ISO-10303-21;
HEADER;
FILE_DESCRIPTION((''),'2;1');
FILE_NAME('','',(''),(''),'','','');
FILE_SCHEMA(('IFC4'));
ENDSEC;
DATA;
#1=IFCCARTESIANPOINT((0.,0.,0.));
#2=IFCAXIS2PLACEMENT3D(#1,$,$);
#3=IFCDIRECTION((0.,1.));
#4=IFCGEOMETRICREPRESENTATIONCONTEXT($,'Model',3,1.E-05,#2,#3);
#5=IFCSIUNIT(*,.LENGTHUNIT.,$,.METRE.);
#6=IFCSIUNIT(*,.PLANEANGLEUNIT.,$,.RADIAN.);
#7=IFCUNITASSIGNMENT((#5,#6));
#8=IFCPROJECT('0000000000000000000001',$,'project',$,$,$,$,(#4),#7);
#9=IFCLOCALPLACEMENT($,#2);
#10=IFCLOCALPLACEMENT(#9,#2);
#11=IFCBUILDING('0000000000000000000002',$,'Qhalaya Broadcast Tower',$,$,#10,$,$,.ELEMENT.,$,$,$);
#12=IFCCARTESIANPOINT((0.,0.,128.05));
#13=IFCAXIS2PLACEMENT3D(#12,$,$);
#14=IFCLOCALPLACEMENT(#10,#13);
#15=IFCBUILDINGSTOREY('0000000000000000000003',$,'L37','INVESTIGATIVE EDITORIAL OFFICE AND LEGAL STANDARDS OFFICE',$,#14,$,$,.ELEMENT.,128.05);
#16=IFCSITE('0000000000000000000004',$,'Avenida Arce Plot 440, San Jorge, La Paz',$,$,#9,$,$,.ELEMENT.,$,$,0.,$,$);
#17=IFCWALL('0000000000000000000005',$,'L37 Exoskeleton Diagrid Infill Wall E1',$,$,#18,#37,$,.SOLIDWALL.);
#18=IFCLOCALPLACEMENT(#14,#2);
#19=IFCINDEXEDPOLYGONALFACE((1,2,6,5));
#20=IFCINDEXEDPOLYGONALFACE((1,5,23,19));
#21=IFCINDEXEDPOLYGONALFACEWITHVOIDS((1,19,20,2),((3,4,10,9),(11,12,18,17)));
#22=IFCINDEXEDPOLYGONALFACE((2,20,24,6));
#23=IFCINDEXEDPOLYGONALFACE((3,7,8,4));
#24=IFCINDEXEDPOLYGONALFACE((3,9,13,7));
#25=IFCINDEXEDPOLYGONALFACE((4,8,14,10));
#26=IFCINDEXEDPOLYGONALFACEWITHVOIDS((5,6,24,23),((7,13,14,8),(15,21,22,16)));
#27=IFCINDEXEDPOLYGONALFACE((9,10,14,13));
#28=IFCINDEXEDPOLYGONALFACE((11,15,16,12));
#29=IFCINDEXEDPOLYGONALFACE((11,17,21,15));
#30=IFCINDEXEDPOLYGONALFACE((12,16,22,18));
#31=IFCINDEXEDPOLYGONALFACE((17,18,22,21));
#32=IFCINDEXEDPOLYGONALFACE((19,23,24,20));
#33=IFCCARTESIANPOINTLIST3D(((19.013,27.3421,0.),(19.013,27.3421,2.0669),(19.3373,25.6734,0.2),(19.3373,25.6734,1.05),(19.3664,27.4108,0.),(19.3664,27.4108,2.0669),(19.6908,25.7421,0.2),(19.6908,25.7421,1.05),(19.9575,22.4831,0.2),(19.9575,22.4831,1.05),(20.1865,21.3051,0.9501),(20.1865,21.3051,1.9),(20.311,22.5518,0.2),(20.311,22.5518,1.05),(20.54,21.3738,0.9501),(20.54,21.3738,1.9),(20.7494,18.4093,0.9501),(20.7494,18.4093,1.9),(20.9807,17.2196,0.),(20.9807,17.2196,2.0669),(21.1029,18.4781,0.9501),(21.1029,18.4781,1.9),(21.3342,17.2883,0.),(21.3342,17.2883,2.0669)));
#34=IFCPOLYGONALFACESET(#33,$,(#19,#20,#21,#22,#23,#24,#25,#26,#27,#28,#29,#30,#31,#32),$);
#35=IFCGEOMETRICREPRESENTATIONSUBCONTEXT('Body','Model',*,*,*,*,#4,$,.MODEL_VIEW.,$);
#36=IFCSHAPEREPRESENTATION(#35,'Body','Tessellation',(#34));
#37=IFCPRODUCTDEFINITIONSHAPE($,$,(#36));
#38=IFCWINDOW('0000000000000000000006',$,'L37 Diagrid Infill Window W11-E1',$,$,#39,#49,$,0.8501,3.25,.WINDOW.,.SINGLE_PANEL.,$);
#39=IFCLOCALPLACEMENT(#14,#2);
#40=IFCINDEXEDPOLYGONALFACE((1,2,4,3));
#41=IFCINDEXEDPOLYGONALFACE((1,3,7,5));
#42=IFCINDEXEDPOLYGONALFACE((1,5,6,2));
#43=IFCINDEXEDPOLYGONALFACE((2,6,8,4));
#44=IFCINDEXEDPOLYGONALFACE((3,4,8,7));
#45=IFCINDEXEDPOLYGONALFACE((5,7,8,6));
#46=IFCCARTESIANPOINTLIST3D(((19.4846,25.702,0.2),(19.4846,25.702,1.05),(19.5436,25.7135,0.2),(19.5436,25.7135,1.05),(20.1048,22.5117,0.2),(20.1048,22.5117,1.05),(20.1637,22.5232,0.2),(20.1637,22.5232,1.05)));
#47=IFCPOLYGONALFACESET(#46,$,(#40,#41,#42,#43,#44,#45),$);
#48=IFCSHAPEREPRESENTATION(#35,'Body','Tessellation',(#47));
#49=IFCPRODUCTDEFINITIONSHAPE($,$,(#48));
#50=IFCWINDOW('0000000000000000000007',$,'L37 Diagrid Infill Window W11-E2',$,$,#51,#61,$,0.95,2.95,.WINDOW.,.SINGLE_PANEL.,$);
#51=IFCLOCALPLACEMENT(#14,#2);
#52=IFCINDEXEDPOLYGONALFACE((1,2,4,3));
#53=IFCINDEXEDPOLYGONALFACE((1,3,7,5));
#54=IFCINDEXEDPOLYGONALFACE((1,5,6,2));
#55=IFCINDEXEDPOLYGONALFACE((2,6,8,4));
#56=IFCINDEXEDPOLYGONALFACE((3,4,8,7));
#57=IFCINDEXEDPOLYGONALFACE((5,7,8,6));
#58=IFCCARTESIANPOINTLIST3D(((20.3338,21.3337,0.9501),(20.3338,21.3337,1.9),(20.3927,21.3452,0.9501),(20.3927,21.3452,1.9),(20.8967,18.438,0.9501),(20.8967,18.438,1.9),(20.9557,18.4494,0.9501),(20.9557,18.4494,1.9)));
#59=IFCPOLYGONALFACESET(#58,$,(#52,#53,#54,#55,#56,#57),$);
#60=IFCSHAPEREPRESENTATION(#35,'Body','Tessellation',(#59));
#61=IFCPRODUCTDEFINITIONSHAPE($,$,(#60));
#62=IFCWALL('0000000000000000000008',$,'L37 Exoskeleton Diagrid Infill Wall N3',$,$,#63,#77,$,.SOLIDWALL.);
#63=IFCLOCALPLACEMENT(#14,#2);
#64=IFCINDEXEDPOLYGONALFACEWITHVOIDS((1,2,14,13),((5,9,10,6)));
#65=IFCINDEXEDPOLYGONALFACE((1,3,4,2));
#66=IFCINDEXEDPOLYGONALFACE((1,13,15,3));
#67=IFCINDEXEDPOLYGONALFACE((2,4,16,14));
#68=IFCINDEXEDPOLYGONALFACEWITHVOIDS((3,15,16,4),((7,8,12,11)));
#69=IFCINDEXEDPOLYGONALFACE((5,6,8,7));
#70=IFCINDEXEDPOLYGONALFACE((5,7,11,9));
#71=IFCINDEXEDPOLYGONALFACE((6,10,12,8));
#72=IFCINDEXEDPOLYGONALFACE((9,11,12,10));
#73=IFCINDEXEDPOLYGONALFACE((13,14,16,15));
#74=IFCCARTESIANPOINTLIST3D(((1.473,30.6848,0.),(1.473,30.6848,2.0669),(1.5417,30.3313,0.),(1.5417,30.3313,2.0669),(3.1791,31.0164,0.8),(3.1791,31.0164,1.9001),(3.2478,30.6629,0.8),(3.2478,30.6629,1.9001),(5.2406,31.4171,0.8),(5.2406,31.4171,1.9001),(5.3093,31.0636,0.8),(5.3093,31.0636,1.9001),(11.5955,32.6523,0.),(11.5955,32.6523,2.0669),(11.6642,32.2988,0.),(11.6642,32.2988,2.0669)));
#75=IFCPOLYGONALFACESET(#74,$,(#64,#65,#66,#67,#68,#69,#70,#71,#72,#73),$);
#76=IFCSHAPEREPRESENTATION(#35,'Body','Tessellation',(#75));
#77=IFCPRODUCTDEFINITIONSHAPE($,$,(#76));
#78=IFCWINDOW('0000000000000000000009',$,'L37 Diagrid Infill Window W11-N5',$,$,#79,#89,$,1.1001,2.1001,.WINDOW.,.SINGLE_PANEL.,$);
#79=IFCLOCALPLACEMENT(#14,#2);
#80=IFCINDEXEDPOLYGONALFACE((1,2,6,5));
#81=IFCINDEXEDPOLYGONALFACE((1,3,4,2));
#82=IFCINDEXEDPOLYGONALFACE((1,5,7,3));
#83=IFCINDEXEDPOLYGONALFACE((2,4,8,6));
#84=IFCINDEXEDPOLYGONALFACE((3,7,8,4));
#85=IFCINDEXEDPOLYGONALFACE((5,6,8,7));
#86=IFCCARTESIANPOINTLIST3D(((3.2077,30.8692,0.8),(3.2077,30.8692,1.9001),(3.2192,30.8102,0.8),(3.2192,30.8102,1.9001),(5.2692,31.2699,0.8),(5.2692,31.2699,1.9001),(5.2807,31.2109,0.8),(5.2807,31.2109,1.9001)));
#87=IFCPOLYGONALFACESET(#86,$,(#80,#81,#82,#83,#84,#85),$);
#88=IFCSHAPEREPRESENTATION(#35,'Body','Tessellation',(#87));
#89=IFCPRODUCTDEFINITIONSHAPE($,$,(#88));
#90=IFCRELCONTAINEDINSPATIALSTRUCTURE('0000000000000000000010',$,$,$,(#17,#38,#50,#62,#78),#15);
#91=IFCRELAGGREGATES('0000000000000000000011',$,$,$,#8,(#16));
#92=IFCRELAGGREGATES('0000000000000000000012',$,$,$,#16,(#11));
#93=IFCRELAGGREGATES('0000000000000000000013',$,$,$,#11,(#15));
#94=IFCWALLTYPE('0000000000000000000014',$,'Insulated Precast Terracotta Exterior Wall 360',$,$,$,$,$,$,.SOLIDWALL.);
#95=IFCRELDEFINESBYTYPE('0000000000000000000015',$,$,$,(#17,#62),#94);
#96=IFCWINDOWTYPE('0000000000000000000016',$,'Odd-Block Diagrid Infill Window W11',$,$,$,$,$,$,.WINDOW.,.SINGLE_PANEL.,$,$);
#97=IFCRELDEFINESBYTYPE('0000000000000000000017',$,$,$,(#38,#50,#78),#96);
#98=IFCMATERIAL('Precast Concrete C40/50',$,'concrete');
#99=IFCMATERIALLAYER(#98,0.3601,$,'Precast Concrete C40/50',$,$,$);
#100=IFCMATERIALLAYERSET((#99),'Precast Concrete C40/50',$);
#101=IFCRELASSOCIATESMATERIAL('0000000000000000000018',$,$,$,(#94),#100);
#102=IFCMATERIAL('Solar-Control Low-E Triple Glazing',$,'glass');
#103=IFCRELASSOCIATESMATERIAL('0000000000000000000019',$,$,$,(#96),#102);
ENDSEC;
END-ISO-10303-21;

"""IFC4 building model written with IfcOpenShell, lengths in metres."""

from ifc_helpers import new_model, si_unit, direction, frame, frame_2d, origin, place, context, subcontext, project, spatial, rectangle, extrude, material, layer, layer_set, type_object, element, fill, save


model = new_model("IFC4")

# Units and contexts
model_context = context("Model", 3, precision=1e-05, world=origin(), true_north=direction((0.0, 1.0)))
body_context = subcontext(model_context, "Body", "Model", "MODEL_VIEW")
ifc_project = project(units=[si_unit("LENGTHUNIT", "METRE"), si_unit("PLANEANGLEUNIT", "RADIAN")], contexts=[model_context])

# Site, building, storey
site_placement = place(None, origin())
site = spatial("IfcSite", under=ifc_project, at=site_placement, Name="Avenida Arce Plot 440, San Jorge, La Paz", CompositionType="ELEMENT", RefElevation=0.0)
building_placement = place(site_placement, origin())
building = spatial("IfcBuilding", under=site, at=building_placement, Name="Qhalaya Broadcast Tower", CompositionType="ELEMENT")
storey_placement = place(building_placement, frame((0.0, 0.0, 128.05)))
storey = spatial("IfcBuildingStorey", under=building, at=storey_placement, Name="L37", Description="INVESTIGATIVE EDITORIAL OFFICE AND LEGAL STANDARDS OFFICE", CompositionType="ELEMENT", Elevation=128.05)

# Wall, openings, windows
ifc_material_1 = material(Name="Precast Concrete C40/50", Category="concrete")
ifc_layer = layer(ifc_material_1, 0.3601, Name="Precast Concrete C40/50")
ifc_layer_set = layer_set([ifc_layer], Name="Precast Concrete C40/50")
wall_type = type_object("IfcWallType", Name="Insulated Precast Terracotta Exterior Wall 360", PredefinedType="SOLIDWALL", material=ifc_layer_set)
wall_1_placement = place(storey_placement, frame((19.1897, 27.3765, 0.0), z_axis=(0.0, 0.0, 1.0), x_axis=(0.190823, -0.981625, 0.0)))
wall_1 = element("IfcWall", 1, at=wall_1_placement, inside=storey, type_object=wall_type, Name="L37 Exoskeleton Diagrid Infill Wall E1", PredefinedType="SOLIDWALL", context=body_context, shape_type="SweptSolid", body=[
    extrude(rectangle(XDim=10.312, YDim=0.3601, at=frame_2d((5.156, 0.0))), origin(), (0.0, 0.0, 1.0), 2.0669),
])
opening_1_placement = place(wall_1_placement, frame((1.7, 0.0, 0.2)))
opening_1 = element("IfcOpeningElement", 2, at=opening_1_placement, cuts=wall_1, PredefinedType="OPENING", context=body_context, shape_type="SweptSolid", body=[
    extrude(rectangle(XDim=3.25, YDim=0.8501, at=frame_2d((1.625, 0.425))), frame((0.0, 0.1921, 0.0), z_axis=(0.0, -1.0, 0.0), x_axis=(1.0, 0.0, 0.0)), (0.0, 0.0, 1.0), 0.384),
])
opening_2_placement = place(wall_1_placement, frame((6.1499, 0.0, 0.95)))
opening_2 = element("IfcOpeningElement", 3, at=opening_2_placement, cuts=wall_1, PredefinedType="OPENING", context=body_context, shape_type="SweptSolid", body=[
    extrude(rectangle(XDim=2.95, YDim=0.95, at=frame_2d((1.4751, 0.4751))), frame((0.0, 0.1921, 0.0), z_axis=(0.0, -1.0, 0.0), x_axis=(1.0, 0.0, 0.0)), (0.0, 0.0, 1.0), 0.384),
])
ifc_material_2 = material(Name="Solar-Control Low-E Triple Glazing", Category="glass")
window_type = type_object("IfcWindowType", Name="Odd-Block Diagrid Infill Window W11", PartitioningType="SINGLE_PANEL", PredefinedType="WINDOW", material=ifc_material_2)
window_1_placement = place(opening_1_placement, origin())
window_1 = element("IfcWindow", 4, at=window_1_placement, inside=storey, type_object=window_type, Name="L37 Diagrid Infill Window W11-E1", OverallHeight=0.8501, OverallWidth=3.25, PartitioningType="SINGLE_PANEL", PredefinedType="WINDOW", context=body_context, shape_type="SweptSolid", body=[
    extrude(rectangle(XDim=3.25, YDim=0.8501, at=frame_2d((1.625, 0.425))), frame((0.0, 0.03, 0.0), z_axis=(0.0, -1.0, 0.0), x_axis=(1.0, 0.0, 0.0)), (0.0, 0.0, 1.0), 0.0601),
])
fill(opening_1, window_1)
window_2_placement = place(opening_2_placement, origin())
window_2 = element("IfcWindow", 5, at=window_2_placement, inside=storey, type_object=window_type, Name="L37 Diagrid Infill Window W11-E2", OverallHeight=0.95, OverallWidth=2.95, PartitioningType="SINGLE_PANEL", PredefinedType="WINDOW", context=body_context, shape_type="SweptSolid", body=[
    extrude(rectangle(XDim=2.95, YDim=0.95, at=frame_2d((1.4751, 0.4751))), frame((0.0, 0.03, 0.0), z_axis=(0.0, -1.0, 0.0), x_axis=(1.0, 0.0, 0.0)), (0.0, 0.0, 1.0), 0.0601),
])
fill(opening_2, window_2)

# Wall, opening, window
wall_2_placement = place(storey_placement, frame((1.5073, 30.5081, 0.0), z_axis=(0.0, 0.0, 1.0), x_axis=(0.981629, 0.1908, 0.0)))
wall_2 = element("IfcWall", 6, at=wall_2_placement, inside=storey, type_object=wall_type, Name="L37 Exoskeleton Diagrid Infill Wall N3", PredefinedType="SOLIDWALL", context=body_context, shape_type="SweptSolid", body=[
    extrude(rectangle(XDim=10.312, YDim=0.3601, at=frame_2d((5.156, 0.0))), origin(), (0.0, 0.0, 1.0), 2.0669),
])
opening_3_placement = place(wall_2_placement, frame((1.738, 0.0, 0.8)))
opening_3 = element("IfcOpeningElement", 7, at=opening_3_placement, cuts=wall_2, PredefinedType="OPENING", context=body_context, shape_type="SweptSolid", body=[
    extrude(rectangle(XDim=2.1001, YDim=1.1001, at=frame_2d((1.05, 0.55))), frame((0.0, 0.1921, 0.0), z_axis=(0.0, -1.0, 0.0), x_axis=(1.0, 0.0, 0.0)), (0.0, 0.0, 1.0), 0.384),
])
window_3_placement = place(opening_3_placement, origin())
window_3 = element("IfcWindow", 8, at=window_3_placement, inside=storey, type_object=window_type, Name="L37 Diagrid Infill Window W11-N5", OverallHeight=1.1001, OverallWidth=2.1001, PartitioningType="SINGLE_PANEL", PredefinedType="WINDOW", context=body_context, shape_type="SweptSolid", body=[
    extrude(rectangle(XDim=2.1001, YDim=1.1001, at=frame_2d((1.05, 0.55))), frame((0.0, 0.03, 0.0), z_axis=(0.0, -1.0, 0.0), x_axis=(1.0, 0.0, 0.0)), (0.0, 0.0, 1.0), 0.0601),
])
fill(opening_3, window_3)

save(model, "model.ifc")
